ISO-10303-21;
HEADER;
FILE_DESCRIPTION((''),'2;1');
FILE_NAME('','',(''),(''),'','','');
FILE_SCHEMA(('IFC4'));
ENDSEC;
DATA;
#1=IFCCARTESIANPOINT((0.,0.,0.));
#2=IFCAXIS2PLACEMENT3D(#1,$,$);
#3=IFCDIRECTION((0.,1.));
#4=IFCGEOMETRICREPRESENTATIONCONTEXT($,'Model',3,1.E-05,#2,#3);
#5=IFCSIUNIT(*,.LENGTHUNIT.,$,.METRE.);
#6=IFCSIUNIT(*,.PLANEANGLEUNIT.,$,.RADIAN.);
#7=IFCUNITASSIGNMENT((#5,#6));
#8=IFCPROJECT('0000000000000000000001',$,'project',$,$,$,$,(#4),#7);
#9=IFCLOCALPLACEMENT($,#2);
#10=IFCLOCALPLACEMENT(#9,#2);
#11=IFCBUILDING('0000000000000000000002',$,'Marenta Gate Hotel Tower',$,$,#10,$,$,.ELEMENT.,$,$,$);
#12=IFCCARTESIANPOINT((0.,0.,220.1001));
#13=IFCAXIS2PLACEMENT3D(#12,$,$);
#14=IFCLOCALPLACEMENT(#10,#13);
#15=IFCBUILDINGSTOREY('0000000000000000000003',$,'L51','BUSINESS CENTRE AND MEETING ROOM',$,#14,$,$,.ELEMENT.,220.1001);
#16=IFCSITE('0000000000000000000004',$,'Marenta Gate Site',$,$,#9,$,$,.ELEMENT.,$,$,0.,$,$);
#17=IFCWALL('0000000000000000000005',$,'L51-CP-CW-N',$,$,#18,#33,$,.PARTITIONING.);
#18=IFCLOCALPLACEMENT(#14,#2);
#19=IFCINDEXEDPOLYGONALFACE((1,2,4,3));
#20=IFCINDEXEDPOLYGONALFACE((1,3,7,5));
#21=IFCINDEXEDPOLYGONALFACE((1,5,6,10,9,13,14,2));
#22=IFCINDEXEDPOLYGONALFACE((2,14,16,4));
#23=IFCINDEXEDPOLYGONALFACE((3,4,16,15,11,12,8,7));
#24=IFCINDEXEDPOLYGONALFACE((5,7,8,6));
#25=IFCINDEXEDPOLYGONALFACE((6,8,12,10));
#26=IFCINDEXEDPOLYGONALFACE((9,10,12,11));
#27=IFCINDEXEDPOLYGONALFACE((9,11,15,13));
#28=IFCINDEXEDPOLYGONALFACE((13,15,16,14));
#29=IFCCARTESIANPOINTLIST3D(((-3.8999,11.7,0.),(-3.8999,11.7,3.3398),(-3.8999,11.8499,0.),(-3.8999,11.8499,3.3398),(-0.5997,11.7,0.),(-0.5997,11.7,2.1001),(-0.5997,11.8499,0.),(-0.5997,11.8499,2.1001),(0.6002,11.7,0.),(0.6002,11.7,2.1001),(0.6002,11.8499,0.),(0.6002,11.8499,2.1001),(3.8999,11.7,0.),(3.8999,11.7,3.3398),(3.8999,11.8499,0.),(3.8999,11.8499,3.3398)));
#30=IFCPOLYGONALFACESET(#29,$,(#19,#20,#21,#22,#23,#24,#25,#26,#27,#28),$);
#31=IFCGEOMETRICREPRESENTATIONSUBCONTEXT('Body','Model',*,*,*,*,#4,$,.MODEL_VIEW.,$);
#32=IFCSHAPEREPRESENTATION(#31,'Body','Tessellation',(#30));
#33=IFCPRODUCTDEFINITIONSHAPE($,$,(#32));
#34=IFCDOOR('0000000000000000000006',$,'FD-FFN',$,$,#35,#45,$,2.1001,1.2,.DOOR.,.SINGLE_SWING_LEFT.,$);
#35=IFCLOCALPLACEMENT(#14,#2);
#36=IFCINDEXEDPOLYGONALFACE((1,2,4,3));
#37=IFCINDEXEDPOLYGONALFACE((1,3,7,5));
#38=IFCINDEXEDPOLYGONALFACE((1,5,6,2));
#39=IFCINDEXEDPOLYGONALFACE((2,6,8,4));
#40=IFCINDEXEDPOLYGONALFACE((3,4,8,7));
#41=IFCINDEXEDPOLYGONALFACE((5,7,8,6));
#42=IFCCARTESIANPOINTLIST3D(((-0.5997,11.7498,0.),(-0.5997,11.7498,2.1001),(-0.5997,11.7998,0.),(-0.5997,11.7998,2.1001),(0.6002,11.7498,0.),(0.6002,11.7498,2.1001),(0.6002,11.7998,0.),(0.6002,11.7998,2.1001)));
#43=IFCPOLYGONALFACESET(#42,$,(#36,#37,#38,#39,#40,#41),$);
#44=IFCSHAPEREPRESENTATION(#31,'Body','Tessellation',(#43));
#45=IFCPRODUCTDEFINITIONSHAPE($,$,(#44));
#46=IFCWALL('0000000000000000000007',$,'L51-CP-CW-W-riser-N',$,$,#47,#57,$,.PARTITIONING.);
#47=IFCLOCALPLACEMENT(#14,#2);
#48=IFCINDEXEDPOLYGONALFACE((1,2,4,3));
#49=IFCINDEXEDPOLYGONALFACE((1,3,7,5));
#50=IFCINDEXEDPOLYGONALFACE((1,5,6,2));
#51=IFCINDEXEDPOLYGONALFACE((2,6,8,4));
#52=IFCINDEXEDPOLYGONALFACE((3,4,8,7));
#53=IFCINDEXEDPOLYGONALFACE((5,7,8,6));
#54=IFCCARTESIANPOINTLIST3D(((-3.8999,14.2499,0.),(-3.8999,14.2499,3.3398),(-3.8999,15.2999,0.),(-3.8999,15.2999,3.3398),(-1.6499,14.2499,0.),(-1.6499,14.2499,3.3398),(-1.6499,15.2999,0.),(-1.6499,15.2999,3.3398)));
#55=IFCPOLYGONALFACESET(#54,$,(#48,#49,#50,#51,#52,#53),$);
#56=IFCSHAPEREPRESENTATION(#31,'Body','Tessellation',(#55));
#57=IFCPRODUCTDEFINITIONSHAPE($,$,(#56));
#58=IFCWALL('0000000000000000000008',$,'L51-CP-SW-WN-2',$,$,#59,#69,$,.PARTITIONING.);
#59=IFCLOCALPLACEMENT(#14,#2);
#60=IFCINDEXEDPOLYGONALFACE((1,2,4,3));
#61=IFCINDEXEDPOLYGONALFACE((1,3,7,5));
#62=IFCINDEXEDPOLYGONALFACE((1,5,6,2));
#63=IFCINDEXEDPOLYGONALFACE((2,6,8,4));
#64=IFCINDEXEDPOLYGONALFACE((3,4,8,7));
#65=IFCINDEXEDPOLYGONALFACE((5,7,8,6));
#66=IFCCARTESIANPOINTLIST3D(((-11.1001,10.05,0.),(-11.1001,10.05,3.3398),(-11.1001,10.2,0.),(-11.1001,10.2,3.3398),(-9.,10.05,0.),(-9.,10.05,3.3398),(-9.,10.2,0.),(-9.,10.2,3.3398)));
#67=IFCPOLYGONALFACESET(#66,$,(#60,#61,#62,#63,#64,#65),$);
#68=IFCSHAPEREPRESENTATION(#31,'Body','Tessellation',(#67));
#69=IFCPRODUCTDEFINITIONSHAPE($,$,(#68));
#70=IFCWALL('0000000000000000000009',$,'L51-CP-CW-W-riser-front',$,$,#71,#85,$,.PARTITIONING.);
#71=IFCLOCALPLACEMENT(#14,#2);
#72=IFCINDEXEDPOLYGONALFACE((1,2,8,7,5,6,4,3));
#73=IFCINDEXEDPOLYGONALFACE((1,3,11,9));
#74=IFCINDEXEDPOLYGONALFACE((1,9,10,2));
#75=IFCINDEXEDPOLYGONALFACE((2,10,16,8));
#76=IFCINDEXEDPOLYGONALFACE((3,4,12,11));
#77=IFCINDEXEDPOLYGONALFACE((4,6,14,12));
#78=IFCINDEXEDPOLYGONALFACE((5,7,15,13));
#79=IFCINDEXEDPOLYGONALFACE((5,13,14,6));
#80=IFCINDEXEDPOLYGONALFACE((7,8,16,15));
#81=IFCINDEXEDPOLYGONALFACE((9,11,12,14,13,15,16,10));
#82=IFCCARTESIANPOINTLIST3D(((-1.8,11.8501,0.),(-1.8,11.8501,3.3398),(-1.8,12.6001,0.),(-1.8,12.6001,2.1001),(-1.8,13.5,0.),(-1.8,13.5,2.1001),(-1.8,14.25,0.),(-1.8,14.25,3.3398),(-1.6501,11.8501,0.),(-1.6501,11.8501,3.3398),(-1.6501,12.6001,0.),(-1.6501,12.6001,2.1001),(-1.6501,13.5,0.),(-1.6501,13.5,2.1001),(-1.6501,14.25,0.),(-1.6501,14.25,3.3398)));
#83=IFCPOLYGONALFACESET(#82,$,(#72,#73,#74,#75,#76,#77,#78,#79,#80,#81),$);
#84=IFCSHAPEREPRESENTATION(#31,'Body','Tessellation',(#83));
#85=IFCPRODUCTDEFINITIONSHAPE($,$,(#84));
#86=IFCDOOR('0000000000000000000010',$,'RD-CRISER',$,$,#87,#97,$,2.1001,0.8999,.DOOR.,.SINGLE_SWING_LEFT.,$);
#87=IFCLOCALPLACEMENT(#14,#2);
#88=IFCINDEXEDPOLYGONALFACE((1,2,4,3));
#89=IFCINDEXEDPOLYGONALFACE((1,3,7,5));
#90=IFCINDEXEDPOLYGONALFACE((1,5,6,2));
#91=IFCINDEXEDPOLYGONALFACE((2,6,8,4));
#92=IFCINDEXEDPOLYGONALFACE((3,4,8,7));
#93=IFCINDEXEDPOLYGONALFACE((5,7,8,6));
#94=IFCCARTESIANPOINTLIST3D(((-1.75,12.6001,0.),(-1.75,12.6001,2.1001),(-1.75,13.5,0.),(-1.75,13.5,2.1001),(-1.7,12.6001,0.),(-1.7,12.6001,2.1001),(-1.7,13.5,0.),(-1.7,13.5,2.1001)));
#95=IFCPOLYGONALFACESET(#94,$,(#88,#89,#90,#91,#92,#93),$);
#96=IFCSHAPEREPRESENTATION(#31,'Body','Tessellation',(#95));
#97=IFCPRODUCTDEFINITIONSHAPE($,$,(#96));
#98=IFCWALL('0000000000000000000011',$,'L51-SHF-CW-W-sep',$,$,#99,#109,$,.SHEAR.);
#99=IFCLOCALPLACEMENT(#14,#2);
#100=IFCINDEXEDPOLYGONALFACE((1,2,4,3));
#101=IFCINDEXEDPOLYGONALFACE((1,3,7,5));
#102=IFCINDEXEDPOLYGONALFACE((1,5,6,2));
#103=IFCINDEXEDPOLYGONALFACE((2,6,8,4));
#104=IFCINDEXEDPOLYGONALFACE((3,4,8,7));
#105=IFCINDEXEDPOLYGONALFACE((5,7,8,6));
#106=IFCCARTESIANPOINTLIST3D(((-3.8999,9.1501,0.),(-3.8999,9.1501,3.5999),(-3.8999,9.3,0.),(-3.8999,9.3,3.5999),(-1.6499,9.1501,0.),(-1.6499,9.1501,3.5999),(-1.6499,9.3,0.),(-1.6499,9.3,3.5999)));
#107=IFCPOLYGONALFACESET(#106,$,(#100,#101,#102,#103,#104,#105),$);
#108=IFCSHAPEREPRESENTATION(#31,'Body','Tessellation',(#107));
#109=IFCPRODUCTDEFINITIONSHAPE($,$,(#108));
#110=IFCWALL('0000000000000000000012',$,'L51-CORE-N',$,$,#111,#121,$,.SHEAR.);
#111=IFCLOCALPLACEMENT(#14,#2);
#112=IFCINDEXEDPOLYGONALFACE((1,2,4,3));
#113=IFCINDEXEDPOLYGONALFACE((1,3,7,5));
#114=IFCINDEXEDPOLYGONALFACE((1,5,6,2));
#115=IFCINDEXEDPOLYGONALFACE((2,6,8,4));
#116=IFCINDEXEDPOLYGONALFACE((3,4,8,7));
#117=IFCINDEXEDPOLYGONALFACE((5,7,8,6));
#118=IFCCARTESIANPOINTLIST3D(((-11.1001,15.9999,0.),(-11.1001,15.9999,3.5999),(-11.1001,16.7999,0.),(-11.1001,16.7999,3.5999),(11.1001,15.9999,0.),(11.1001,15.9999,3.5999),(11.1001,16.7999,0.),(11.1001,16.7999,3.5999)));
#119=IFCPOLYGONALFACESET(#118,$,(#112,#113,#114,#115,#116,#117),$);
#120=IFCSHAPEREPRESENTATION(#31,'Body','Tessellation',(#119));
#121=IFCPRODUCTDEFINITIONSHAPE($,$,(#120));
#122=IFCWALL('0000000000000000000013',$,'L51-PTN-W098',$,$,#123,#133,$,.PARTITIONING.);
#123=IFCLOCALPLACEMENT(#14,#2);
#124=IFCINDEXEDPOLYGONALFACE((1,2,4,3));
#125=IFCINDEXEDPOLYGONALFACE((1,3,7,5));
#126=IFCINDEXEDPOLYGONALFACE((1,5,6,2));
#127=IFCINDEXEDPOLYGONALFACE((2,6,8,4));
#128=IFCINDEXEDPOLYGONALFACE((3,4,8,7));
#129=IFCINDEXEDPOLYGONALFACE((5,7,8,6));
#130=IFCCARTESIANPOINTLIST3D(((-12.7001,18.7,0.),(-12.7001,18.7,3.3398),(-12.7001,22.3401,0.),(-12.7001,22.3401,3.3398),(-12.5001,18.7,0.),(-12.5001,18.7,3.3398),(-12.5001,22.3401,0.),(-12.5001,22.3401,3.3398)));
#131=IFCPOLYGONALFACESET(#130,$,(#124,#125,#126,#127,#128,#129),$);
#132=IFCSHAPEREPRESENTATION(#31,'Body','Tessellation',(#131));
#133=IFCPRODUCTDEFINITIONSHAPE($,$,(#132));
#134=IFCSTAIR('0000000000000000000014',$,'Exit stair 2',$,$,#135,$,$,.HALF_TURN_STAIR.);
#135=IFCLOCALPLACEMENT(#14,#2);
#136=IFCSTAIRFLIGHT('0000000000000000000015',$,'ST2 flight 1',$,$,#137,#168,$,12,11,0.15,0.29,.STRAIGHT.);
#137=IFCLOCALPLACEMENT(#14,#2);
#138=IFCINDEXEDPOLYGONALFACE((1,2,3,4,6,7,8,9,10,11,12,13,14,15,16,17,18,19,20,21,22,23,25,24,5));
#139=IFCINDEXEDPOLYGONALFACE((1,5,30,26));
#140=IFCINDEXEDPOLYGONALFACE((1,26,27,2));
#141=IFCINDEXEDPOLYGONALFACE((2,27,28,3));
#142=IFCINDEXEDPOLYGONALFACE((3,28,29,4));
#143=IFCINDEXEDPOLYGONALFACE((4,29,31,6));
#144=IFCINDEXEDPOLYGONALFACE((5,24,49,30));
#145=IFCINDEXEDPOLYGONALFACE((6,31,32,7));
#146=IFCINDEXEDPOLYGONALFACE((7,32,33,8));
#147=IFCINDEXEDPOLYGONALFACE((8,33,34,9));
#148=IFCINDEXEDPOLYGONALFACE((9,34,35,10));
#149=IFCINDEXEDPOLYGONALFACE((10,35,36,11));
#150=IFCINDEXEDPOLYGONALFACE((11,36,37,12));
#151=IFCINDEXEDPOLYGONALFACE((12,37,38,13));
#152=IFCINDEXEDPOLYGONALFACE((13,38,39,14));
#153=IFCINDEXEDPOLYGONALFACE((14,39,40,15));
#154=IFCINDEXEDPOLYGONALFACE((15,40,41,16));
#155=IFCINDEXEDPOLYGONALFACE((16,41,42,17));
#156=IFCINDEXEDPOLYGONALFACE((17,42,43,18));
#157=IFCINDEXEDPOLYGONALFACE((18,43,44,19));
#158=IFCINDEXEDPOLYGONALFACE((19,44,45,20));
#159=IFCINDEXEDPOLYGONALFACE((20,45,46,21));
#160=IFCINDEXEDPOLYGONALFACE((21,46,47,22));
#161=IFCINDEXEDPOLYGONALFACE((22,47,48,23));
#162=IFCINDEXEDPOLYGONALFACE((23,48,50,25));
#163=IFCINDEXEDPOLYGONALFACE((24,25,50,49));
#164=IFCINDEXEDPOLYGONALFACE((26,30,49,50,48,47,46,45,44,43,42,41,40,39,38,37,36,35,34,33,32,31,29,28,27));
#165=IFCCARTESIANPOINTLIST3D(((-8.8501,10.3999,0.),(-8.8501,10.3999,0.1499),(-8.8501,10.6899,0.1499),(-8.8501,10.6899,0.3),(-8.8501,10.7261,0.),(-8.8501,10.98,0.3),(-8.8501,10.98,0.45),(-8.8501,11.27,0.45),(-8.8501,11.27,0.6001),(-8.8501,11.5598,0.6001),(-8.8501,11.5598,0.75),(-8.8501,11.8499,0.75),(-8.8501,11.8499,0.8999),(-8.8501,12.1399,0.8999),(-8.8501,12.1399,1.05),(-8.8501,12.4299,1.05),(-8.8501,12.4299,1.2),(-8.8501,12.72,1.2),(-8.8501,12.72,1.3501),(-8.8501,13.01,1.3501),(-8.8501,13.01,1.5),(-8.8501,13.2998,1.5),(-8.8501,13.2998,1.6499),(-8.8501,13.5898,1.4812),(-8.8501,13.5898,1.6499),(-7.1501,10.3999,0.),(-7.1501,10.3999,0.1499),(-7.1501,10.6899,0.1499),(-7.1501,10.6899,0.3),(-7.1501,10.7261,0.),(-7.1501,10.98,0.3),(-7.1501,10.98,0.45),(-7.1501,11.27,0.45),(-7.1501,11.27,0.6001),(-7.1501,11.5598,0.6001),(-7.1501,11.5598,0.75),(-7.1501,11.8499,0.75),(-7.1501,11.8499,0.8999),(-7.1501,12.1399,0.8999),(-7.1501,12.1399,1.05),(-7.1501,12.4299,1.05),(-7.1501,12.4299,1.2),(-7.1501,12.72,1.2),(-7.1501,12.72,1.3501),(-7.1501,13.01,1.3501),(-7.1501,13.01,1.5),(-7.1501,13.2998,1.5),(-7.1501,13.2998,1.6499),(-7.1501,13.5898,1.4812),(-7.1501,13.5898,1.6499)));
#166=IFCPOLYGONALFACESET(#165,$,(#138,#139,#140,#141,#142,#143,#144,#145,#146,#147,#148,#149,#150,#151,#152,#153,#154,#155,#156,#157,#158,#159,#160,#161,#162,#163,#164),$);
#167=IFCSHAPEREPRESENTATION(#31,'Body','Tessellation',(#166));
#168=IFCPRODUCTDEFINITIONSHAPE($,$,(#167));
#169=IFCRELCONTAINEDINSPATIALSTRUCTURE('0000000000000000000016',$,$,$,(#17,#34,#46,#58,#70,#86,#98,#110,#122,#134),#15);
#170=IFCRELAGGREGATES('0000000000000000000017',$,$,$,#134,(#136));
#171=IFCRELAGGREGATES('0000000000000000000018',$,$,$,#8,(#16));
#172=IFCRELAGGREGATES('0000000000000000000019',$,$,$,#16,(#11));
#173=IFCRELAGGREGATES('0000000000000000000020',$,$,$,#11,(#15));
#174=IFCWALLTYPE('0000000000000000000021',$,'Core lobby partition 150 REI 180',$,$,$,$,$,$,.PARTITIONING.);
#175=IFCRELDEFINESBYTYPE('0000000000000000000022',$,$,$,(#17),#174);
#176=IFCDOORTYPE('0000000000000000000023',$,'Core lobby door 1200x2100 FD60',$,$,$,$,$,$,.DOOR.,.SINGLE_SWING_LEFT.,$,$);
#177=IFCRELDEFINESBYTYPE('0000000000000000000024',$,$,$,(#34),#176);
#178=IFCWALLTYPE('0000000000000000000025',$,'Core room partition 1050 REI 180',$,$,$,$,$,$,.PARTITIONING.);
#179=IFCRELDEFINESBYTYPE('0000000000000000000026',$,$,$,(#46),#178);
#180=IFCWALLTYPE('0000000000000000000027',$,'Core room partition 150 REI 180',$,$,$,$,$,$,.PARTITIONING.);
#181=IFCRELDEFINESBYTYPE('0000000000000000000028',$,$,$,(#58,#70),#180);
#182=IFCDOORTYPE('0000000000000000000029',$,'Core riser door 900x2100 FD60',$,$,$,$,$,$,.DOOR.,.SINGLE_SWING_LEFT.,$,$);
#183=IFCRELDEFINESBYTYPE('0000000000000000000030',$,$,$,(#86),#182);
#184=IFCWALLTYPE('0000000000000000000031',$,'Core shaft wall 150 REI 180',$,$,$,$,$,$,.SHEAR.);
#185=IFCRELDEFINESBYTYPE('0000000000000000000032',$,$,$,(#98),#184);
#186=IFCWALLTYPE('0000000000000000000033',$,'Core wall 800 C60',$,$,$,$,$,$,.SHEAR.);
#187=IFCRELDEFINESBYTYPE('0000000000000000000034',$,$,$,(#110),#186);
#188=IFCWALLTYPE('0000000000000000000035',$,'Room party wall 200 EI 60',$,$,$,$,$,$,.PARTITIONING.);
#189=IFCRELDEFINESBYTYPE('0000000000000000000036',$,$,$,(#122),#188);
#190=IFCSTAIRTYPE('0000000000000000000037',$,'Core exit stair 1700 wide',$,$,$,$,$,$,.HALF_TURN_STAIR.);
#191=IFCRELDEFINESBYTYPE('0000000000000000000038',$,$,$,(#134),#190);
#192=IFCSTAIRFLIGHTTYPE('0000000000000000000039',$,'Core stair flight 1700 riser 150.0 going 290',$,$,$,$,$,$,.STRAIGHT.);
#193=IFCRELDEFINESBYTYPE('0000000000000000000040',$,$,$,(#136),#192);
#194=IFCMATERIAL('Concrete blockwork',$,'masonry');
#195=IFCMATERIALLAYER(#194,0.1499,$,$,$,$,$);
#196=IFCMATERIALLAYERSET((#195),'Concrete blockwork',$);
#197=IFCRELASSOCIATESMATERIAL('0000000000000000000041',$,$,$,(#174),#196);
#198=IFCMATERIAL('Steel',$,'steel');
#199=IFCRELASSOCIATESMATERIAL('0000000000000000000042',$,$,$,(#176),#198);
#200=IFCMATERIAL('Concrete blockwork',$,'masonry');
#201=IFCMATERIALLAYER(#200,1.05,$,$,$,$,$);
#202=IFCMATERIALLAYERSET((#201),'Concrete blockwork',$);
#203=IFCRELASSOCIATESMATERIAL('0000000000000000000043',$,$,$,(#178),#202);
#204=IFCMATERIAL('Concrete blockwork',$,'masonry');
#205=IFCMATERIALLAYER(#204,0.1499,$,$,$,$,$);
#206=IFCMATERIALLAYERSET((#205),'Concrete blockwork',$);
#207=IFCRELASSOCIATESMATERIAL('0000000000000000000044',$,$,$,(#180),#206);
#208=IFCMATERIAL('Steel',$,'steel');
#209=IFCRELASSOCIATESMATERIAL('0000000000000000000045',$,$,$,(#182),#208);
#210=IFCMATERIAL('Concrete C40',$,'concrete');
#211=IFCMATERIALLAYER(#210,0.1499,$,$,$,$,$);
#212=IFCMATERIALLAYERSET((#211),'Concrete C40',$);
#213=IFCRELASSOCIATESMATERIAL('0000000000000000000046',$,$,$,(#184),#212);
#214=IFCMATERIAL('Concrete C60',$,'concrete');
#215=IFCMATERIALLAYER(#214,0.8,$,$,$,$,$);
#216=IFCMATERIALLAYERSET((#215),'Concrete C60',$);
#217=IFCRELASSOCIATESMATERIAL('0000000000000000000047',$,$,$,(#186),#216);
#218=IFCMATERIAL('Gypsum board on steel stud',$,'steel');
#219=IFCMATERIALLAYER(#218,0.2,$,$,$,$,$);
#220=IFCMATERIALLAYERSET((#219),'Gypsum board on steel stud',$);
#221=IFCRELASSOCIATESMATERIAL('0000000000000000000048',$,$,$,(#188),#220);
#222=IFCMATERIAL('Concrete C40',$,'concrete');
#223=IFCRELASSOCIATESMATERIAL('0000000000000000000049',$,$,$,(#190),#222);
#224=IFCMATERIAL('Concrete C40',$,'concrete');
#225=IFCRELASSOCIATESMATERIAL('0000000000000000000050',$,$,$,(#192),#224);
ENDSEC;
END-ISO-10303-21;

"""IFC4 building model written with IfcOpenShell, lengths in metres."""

from ifc_helpers import new_model, si_unit, direction, frame, frame_2d, origin, place, context, subcontext, project, spatial, polyline, rectangle, outline, extrude, material, layer, layer_set, type_object, element, fill, aggregate, save


model = new_model("IFC4")

# Units and contexts
model_context = context("Model", 3, precision=1e-05, world=origin(), true_north=direction((0.0, 1.0)))
body_context = subcontext(model_context, "Body", "Model", "MODEL_VIEW")
ifc_project = project(units=[si_unit("LENGTHUNIT", "METRE"), si_unit("PLANEANGLEUNIT", "RADIAN")], contexts=[model_context])

# Site, building, storey
site_placement = place(None, origin())
site = spatial("IfcSite", under=ifc_project, at=site_placement, Name="Marenta Gate Site", CompositionType="ELEMENT", RefElevation=0.0)
building_placement = place(site_placement, origin())
building = spatial("IfcBuilding", under=site, at=building_placement, Name="Marenta Gate Hotel Tower", CompositionType="ELEMENT")
storey_placement = place(building_placement, frame((0.0, 0.0, 220.1001)))
storey = spatial("IfcBuildingStorey", under=building, at=storey_placement, Name="L51", Description="BUSINESS CENTRE AND MEETING ROOM", CompositionType="ELEMENT", Elevation=220.1001)

# Wall, opening, door
ifc_material_1 = material(Name="Concrete blockwork", Category="masonry")
ifc_layer_1 = layer(ifc_material_1, 0.1499)
ifc_layer_set_1 = layer_set([ifc_layer_1], Name="Concrete blockwork")
wall_type_1 = type_object("IfcWallType", Name="Core lobby partition 150 REI 180", PredefinedType="PARTITIONING", material=ifc_layer_set_1)
wall_1_placement = place(storey_placement, frame((-3.8999, 11.7749, 0.0), z_axis=(0.0, 0.0, 1.0), x_axis=(1.0, 0.0, 0.0)))
wall_1 = element("IfcWall", 1, at=wall_1_placement, inside=storey, type_object=wall_type_1, Name="L51-CP-CW-N", PredefinedType="PARTITIONING", context=body_context, shape_type="SweptSolid", body=[
    extrude(rectangle(XDim=7.7998, YDim=0.1499, at=frame_2d((3.8999, 0.0))), origin(), (0.0, 0.0, 1.0), 3.3398),
])
opening_1_placement = place(wall_1_placement, frame((3.3, 0.0, 0.0)))
opening_1 = element("IfcOpeningElement", 2, at=opening_1_placement, cuts=wall_1, PredefinedType="OPENING", context=body_context, shape_type="SweptSolid", body=[
    extrude(rectangle(XDim=1.2, YDim=2.1001, at=frame_2d((0.6001, 1.05))), frame((0.0, 0.075, 0.0), z_axis=(0.0, -1.0, 0.0), x_axis=(1.0, 0.0, 0.0)), (0.0, 0.0, 1.0), 0.1499),
])
ifc_material_2 = material(Name="Steel", Category="steel")
door_type_1 = type_object("IfcDoorType", Name="Core lobby door 1200x2100 FD60", OperationType="SINGLE_SWING_LEFT", PredefinedType="DOOR", material=ifc_material_2)
door_1_placement = place(opening_1_placement, origin())
door_1 = element("IfcDoor", 3, at=door_1_placement, inside=storey, type_object=door_type_1, Name="FD-FFN", OperationType="SINGLE_SWING_LEFT", OverallHeight=2.1001, OverallWidth=1.2, PredefinedType="DOOR", context=body_context, shape_type="SweptSolid", body=[
    extrude(rectangle(XDim=1.2, YDim=2.1001, at=frame_2d((0.6001, 1.05))), frame((0.0, 0.0249, 0.0), z_axis=(0.0, -1.0, 0.0), x_axis=(1.0, 0.0, 0.0)), (0.0, 0.0, 1.0), 0.05),
])
fill(opening_1, door_1)

# Walls
ifc_material_3 = material(Name="Concrete blockwork", Category="masonry")
ifc_layer_2 = layer(ifc_material_3, 1.05)
ifc_layer_set_2 = layer_set([ifc_layer_2], Name="Concrete blockwork")
wall_type_2 = type_object("IfcWallType", Name="Core room partition 1050 REI 180", PredefinedType="PARTITIONING", material=ifc_layer_set_2)
wall_2_placement = place(storey_placement, frame((-3.8999, 14.7749, 0.0), z_axis=(0.0, 0.0, 1.0), x_axis=(1.0, 0.0, 0.0)))
element("IfcWall", 4, at=wall_2_placement, inside=storey, type_object=wall_type_2, Name="L51-CP-CW-W-riser-N", PredefinedType="PARTITIONING", context=body_context, shape_type="SweptSolid", body=[
    extrude(rectangle(XDim=2.25, YDim=1.05, at=frame_2d((1.125, 0.0))), origin(), (0.0, 0.0, 1.0), 3.3398),
])
ifc_material_4 = material(Name="Concrete blockwork", Category="masonry")
ifc_layer_3 = layer(ifc_material_4, 0.1499)
ifc_layer_set_3 = layer_set([ifc_layer_3], Name="Concrete blockwork")
wall_type_3 = type_object("IfcWallType", Name="Core room partition 150 REI 180", PredefinedType="PARTITIONING", material=ifc_layer_set_3)
wall_3_placement = place(storey_placement, frame((-11.1001, 10.125, 0.0), z_axis=(0.0, 0.0, 1.0), x_axis=(1.0, 0.0, 0.0)))
element("IfcWall", 5, at=wall_3_placement, inside=storey, type_object=wall_type_3, Name="L51-CP-SW-WN-2", PredefinedType="PARTITIONING", context=body_context, shape_type="SweptSolid", body=[
    extrude(rectangle(XDim=2.1001, YDim=0.1499, at=frame_2d((1.05, 0.0))), origin(), (0.0, 0.0, 1.0), 3.3398),
])

# Wall, opening, door
wall_4_placement = place(storey_placement, frame((-1.7251, 11.8501, 0.0), z_axis=(0.0, 0.0, 1.0), x_axis=(0.0, 1.0, 0.0)))
wall_4 = element("IfcWall", 6, at=wall_4_placement, inside=storey, type_object=wall_type_3, Name="L51-CP-CW-W-riser-front", PredefinedType="PARTITIONING", context=body_context, shape_type="SweptSolid", body=[
    extrude(rectangle(XDim=2.3999, YDim=0.1499, at=frame_2d((1.2, 0.0))), origin(), (0.0, 0.0, 1.0), 3.3398),
])
opening_2_placement = place(wall_4_placement, frame((0.75, 0.0, 0.0)))
opening_2 = element("IfcOpeningElement", 7, at=opening_2_placement, cuts=wall_4, PredefinedType="OPENING", context=body_context, shape_type="SweptSolid", body=[
    extrude(rectangle(XDim=0.8999, YDim=2.1001, at=frame_2d((0.45, 1.05))), frame((0.0, 0.075, 0.0), z_axis=(0.0, -1.0, 0.0), x_axis=(1.0, 0.0, 0.0)), (0.0, 0.0, 1.0), 0.1499),
])
ifc_material_5 = material(Name="Steel", Category="steel")
door_type_2 = type_object("IfcDoorType", Name="Core riser door 900x2100 FD60", OperationType="SINGLE_SWING_LEFT", PredefinedType="DOOR", material=ifc_material_5)
door_2_placement = place(opening_2_placement, origin())
door_2 = element("IfcDoor", 8, at=door_2_placement, inside=storey, type_object=door_type_2, Name="RD-CRISER", OperationType="SINGLE_SWING_LEFT", OverallHeight=2.1001, OverallWidth=0.8999, PredefinedType="DOOR", context=body_context, shape_type="SweptSolid", body=[
    extrude(rectangle(XDim=0.8999, YDim=2.1001, at=frame_2d((0.45, 1.05))), frame((0.0, 0.0249, 0.0), z_axis=(0.0, -1.0, 0.0), x_axis=(1.0, 0.0, 0.0)), (0.0, 0.0, 1.0), 0.05),
])
fill(opening_2, door_2)

# Walls
ifc_material_6 = material(Name="Concrete C40", Category="concrete")
ifc_layer_4 = layer(ifc_material_6, 0.1499)
ifc_layer_set_4 = layer_set([ifc_layer_4], Name="Concrete C40")
wall_type_4 = type_object("IfcWallType", Name="Core shaft wall 150 REI 180", PredefinedType="SHEAR", material=ifc_layer_set_4)
wall_5_placement = place(storey_placement, frame((-3.8999, 9.2251, 0.0), z_axis=(0.0, 0.0, 1.0), x_axis=(1.0, 0.0, 0.0)))
element("IfcWall", 9, at=wall_5_placement, inside=storey, type_object=wall_type_4, Name="L51-SHF-CW-W-sep", PredefinedType="SHEAR", context=body_context, shape_type="SweptSolid", body=[
    extrude(rectangle(XDim=2.25, YDim=0.1499, at=frame_2d((1.125, 0.0))), origin(), (0.0, 0.0, 1.0), 3.5999),
])
ifc_material_7 = material(Name="Concrete C60", Category="concrete")
ifc_layer_5 = layer(ifc_material_7, 0.8)
ifc_layer_set_5 = layer_set([ifc_layer_5], Name="Concrete C60")
wall_type_5 = type_object("IfcWallType", Name="Core wall 800 C60", PredefinedType="SHEAR", material=ifc_layer_set_5)
wall_6_placement = place(storey_placement, frame((-11.1001, 16.3999, 0.0), z_axis=(0.0, 0.0, 1.0), x_axis=(1.0, 0.0, 0.0)))
element("IfcWall", 10, at=wall_6_placement, inside=storey, type_object=wall_type_5, Name="L51-CORE-N", PredefinedType="SHEAR", context=body_context, shape_type="SweptSolid", body=[
    extrude(rectangle(XDim=22.2002, YDim=0.8, at=frame_2d((11.1001, 0.0))), origin(), (0.0, 0.0, 1.0), 3.5999),
])
ifc_material_8 = material(Name="Gypsum board on steel stud", Category="steel")
ifc_layer_6 = layer(ifc_material_8, 0.2)
ifc_layer_set_6 = layer_set([ifc_layer_6], Name="Gypsum board on steel stud")
wall_type_6 = type_object("IfcWallType", Name="Room party wall 200 EI 60", PredefinedType="PARTITIONING", material=ifc_layer_set_6)
wall_7_placement = place(storey_placement, frame((-12.6001, 18.7, 0.0), z_axis=(0.0, 0.0, 1.0), x_axis=(0.0, 1.0, 0.0)))
element("IfcWall", 11, at=wall_7_placement, inside=storey, type_object=wall_type_6, Name="L51-PTN-W098", PredefinedType="PARTITIONING", context=body_context, shape_type="SweptSolid", body=[
    extrude(rectangle(XDim=3.6401, YDim=0.2, at=frame_2d((1.8201, 0.0))), origin(), (0.0, 0.0, 1.0), 3.3398),
])

# Stair, stair flight
ifc_material_9 = material(Name="Concrete C40", Category="concrete")
stair_type = type_object("IfcStairType", Name="Core exit stair 1700 wide", PredefinedType="HALF_TURN_STAIR", material=ifc_material_9)
stair_placement = place(storey_placement, origin())
stair = element("IfcStair", 12, at=stair_placement, inside=storey, type_object=stair_type, Name="Exit stair 2", PredefinedType="HALF_TURN_STAIR")
ifc_material_10 = material(Name="Concrete C40", Category="concrete")
stair_flight_type = type_object("IfcStairFlightType", Name="Core stair flight 1700 riser 150.0 going 290", PredefinedType="STRAIGHT", material=ifc_material_10)
stair_flight_1_placement = place(storey_placement, frame((-8.0, 10.3999, 0.0), z_axis=(0.0, 0.0, 1.0), x_axis=(0.0, 1.0, 0.0)))
stair_flight_1 = element("IfcStairFlight", 13, at=stair_flight_1_placement, type_object=stair_flight_type, Name="ST2 flight 1", NumberOfRisers=12, NumberOfTreads=11, PredefinedType="STRAIGHT", RiserHeight=0.15, TreadLength=0.29, context=body_context, shape_type="SweptSolid", body=[
    extrude(outline(polyline([(0.0, 0.0), (0.0, 0.1499), (0.29, 0.1499), (0.29, 0.3), (0.5801, 0.3), (0.5801, 0.45), (0.8701, 0.45), (0.8701, 0.6001), (1.1599, 0.6001), (1.1599, 0.75), (1.45, 0.75), (1.45, 0.8999), (1.74, 0.8999), (1.74, 1.05), (2.03, 1.05), (2.03, 1.2), (2.3201, 1.2), (2.3201, 1.3501), (2.6101, 1.3501), (2.6101, 1.5), (2.8999, 1.5), (2.8999, 1.6499), (3.1899, 1.6499), (3.1899, 1.8), (3.1899, 1.4812), (0.3262, 0.0), (0.0, 0.0)])), frame((0.0, 0.8501, 0.0), z_axis=(0.0, -1.0, 0.0), x_axis=(1.0, 0.0, 0.0)), (0.0, 0.0, 1.0), 1.7),
])
aggregate(stair, [stair_flight_1])

save(model, "model.ifc")
